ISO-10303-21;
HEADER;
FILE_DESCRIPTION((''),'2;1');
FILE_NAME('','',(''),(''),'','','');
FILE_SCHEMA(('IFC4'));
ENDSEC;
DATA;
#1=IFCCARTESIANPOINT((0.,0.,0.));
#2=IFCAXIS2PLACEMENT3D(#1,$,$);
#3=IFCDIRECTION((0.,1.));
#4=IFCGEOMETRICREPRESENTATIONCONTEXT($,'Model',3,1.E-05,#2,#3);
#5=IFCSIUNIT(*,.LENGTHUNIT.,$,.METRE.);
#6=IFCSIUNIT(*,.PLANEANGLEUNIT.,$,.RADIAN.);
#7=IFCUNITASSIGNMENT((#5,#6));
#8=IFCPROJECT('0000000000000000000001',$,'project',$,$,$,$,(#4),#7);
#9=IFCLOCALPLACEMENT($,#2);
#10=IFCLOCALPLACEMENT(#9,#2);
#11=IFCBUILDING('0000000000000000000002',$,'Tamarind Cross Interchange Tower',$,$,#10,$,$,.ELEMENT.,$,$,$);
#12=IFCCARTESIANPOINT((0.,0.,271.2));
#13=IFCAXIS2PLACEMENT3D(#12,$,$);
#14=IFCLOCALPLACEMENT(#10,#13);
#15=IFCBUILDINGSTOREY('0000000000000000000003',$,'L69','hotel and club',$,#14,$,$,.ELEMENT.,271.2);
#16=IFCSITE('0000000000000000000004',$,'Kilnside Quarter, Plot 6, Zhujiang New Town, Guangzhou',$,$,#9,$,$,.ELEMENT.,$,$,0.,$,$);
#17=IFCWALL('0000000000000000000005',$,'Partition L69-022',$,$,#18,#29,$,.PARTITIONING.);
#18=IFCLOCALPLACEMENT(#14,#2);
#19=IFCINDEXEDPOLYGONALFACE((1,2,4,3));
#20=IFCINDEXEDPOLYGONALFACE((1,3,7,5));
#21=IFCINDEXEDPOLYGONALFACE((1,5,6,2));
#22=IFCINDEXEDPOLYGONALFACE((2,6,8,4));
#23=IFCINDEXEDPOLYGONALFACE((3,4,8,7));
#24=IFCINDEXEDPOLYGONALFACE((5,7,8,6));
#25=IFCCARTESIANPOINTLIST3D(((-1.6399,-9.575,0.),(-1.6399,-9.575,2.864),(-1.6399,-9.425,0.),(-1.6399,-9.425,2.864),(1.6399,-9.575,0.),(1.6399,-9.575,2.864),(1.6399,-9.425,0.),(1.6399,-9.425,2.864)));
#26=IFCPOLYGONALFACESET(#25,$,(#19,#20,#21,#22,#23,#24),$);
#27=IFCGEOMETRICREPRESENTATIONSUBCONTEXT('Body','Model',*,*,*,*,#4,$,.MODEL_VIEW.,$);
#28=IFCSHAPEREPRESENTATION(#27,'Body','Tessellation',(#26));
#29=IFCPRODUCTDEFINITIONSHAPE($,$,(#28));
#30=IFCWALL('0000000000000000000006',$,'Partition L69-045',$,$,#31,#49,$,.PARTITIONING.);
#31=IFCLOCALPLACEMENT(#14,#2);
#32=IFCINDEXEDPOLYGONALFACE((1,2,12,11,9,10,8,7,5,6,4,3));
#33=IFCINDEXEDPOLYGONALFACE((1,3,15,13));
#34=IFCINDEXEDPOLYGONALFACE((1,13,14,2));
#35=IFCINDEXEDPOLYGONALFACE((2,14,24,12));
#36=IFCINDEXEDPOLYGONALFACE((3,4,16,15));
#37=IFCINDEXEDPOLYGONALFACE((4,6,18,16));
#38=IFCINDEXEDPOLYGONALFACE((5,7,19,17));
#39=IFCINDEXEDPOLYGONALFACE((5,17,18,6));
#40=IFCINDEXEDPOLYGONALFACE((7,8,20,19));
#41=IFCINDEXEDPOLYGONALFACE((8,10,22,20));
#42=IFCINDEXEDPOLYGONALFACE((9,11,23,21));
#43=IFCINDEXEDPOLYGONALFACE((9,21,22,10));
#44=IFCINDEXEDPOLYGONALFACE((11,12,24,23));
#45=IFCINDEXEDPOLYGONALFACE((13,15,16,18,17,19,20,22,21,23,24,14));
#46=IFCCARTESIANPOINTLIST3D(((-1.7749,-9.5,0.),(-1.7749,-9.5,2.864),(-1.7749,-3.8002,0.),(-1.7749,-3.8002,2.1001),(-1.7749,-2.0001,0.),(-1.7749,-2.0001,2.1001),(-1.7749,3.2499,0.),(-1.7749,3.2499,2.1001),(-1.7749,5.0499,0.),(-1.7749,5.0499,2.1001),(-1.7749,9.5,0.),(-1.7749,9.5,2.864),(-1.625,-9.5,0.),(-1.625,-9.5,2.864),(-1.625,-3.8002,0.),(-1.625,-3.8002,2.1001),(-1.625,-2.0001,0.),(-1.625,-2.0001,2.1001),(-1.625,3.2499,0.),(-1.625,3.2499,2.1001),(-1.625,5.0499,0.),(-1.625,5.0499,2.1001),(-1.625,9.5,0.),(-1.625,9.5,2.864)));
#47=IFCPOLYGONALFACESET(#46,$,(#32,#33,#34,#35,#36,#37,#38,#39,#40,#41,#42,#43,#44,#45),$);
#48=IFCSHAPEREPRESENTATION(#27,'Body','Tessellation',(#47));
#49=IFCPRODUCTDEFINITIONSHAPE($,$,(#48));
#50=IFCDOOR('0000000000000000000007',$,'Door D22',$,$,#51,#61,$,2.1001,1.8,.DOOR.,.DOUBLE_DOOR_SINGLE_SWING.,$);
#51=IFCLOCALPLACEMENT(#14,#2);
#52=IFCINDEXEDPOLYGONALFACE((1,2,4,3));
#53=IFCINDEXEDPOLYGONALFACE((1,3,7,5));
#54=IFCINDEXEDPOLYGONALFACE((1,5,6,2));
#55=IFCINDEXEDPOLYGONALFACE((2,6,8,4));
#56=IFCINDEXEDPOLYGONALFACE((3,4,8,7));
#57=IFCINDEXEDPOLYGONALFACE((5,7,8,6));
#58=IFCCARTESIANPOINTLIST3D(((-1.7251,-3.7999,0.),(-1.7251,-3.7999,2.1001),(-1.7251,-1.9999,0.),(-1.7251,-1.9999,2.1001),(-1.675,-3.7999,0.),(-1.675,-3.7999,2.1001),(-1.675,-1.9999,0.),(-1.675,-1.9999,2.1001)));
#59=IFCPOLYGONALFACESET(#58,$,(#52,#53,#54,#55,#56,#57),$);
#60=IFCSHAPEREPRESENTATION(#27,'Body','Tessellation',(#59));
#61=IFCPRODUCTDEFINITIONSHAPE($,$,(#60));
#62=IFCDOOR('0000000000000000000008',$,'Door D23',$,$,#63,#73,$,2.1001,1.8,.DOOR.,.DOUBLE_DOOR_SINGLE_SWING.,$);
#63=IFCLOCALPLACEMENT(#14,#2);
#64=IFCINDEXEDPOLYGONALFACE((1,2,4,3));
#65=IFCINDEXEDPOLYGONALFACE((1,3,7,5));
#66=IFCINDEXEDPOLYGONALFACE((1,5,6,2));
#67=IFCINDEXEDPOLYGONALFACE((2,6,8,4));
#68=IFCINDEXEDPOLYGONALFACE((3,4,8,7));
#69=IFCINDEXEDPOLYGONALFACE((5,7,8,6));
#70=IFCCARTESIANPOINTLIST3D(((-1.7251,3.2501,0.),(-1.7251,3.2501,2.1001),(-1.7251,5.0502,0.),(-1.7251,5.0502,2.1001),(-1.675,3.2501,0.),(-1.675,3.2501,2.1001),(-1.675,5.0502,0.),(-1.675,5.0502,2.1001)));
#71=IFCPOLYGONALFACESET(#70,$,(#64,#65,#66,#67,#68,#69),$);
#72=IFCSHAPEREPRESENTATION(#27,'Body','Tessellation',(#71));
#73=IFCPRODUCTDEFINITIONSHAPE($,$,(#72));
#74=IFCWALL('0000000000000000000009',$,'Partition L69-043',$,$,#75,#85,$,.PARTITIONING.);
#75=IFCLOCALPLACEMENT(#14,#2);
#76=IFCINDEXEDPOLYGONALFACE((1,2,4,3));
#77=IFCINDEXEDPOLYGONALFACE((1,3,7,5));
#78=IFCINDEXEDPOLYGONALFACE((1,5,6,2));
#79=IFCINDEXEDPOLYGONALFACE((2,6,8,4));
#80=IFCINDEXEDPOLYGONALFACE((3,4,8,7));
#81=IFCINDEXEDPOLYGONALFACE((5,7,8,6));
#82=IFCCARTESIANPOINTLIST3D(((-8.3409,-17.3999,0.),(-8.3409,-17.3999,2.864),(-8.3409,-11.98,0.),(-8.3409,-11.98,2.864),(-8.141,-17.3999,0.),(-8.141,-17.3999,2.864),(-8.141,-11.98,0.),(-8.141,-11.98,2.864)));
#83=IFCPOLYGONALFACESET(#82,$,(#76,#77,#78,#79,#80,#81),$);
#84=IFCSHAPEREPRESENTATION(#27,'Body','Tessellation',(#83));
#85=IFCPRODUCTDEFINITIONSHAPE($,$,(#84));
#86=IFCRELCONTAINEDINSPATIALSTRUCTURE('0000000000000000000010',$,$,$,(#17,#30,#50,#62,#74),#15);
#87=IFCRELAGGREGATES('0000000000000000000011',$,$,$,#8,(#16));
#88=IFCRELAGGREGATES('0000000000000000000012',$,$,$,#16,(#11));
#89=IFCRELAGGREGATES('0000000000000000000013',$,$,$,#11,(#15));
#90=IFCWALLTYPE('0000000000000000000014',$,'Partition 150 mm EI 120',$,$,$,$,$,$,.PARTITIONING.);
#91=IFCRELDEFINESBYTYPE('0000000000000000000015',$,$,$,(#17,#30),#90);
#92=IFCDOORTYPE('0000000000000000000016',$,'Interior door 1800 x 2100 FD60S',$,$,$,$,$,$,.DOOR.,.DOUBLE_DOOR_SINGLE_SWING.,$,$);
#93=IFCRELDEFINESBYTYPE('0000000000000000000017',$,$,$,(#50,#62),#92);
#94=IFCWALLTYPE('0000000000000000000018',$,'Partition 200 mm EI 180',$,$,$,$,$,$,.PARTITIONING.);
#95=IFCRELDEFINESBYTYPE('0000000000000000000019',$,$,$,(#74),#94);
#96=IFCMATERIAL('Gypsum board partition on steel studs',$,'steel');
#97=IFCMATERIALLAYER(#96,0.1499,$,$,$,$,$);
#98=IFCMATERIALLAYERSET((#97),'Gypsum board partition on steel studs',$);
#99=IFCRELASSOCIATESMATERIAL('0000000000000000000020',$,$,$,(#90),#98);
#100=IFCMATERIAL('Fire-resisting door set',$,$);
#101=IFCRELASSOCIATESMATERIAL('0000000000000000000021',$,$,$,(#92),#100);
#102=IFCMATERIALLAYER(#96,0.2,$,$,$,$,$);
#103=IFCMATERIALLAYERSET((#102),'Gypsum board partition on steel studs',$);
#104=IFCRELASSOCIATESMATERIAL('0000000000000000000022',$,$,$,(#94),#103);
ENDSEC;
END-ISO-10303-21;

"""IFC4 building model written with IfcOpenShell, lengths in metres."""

from ifc_helpers import new_model, si_unit, direction, frame, frame_2d, origin, place, context, subcontext, project, spatial, rectangle, extrude, material, layer, layer_set, type_object, element, fill, save


model = new_model("IFC4")

# Units and contexts
model_context = context("Model", 3, precision=1e-05, world=origin(), true_north=direction((0.0, 1.0)))
body_context = subcontext(model_context, "Body", "Model", "MODEL_VIEW")
ifc_project = project(units=[si_unit("LENGTHUNIT", "METRE"), si_unit("PLANEANGLEUNIT", "RADIAN")], contexts=[model_context])

# Site, building, storey
site_placement = place(None, origin())
site = spatial("IfcSite", under=ifc_project, at=site_placement, Name="Kilnside Quarter, Plot 6, Zhujiang New Town, Guangzhou", CompositionType="ELEMENT", RefElevation=0.0)
building_placement = place(site_placement, origin())
building = spatial("IfcBuilding", under=site, at=building_placement, Name="Tamarind Cross Interchange Tower", CompositionType="ELEMENT")
storey_placement = place(building_placement, frame((0.0, 0.0, 271.2)))
storey = spatial("IfcBuildingStorey", under=building, at=storey_placement, Name="L69", Description="hotel and club", CompositionType="ELEMENT", Elevation=271.2)

# Wall
ifc_material_1 = material(Name="Gypsum board partition on steel studs", Category="steel")
ifc_layer_1 = layer(ifc_material_1, 0.1499)
ifc_layer_set_1 = layer_set([ifc_layer_1], Name="Gypsum board partition on steel studs")
wall_type_1 = type_object("IfcWallType", Name="Partition 150 mm EI 120", PredefinedType="PARTITIONING", material=ifc_layer_set_1)
wall_1_placement = place(storey_placement, frame((-1.6399, -9.5, 0.0), z_axis=(0.0, 0.0, 1.0), x_axis=(1.0, 0.0, 0.0)))
element("IfcWall", 1, at=wall_1_placement, inside=storey, type_object=wall_type_1, Name="Partition L69-022", PredefinedType="PARTITIONING", context=body_context, shape_type="SweptSolid", body=[
    extrude(rectangle(XDim=3.2798, YDim=0.1499, at=frame_2d((1.6399, 0.0))), origin(), (0.0, 0.0, 1.0), 2.864),
])

# Wall, openings, doors
wall_2_placement = place(storey_placement, frame((-1.7, -9.5, 0.0), z_axis=(0.0, 0.0, 1.0), x_axis=(0.0, 1.0, 0.0)))
wall_2 = element("IfcWall", 2, at=wall_2_placement, inside=storey, type_object=wall_type_1, Name="Partition L69-045", PredefinedType="PARTITIONING", context=body_context, shape_type="SweptSolid", body=[
    extrude(rectangle(XDim=19.0, YDim=0.1499, at=frame_2d((9.5, 0.0))), origin(), (0.0, 0.0, 1.0), 2.864),
])
opening_1_placement = place(wall_2_placement, frame((5.7, 0.0, 0.0)))
opening_1 = element("IfcOpeningElement", 3, at=opening_1_placement, cuts=wall_2, PredefinedType="OPENING", context=body_context, shape_type="SweptSolid", body=[
    extrude(rectangle(XDim=1.8, YDim=2.1001, at=frame_2d((0.8999, 1.05))), frame((0.0, 0.085, 0.0), z_axis=(0.0, -1.0, 0.0), x_axis=(1.0, 0.0, 0.0)), (0.0, 0.0, 1.0), 0.1699),
])
opening_2_placement = place(wall_2_placement, frame((12.75, 0.0, 0.0)))
opening_2 = element("IfcOpeningElement", 4, at=opening_2_placement, cuts=wall_2, PredefinedType="OPENING", context=body_context, shape_type="SweptSolid", body=[
    extrude(rectangle(XDim=1.8, YDim=2.1001, at=frame_2d((0.8999, 1.05))), frame((0.0, 0.085, 0.0), z_axis=(0.0, -1.0, 0.0), x_axis=(1.0, 0.0, 0.0)), (0.0, 0.0, 1.0), 0.1699),
])
ifc_material_2 = material(Name="Fire-resisting door set")
door_type_1 = type_object("IfcDoorType", Name="Interior door 1800 x 2100 FD60S", OperationType="DOUBLE_DOOR_SINGLE_SWING", PredefinedType="DOOR", material=ifc_material_2)
door_1_placement = place(opening_1_placement, frame((1.8, 0.0, 0.0), z_axis=(0.0, 0.0, 1.0), x_axis=(-1.0, 0.0, 0.0)))
door_1 = element("IfcDoor", 5, at=door_1_placement, inside=storey, type_object=door_type_1, Name="Door D22", OperationType="DOUBLE_DOOR_SINGLE_SWING", OverallHeight=2.1001, OverallWidth=1.8, PredefinedType="DOOR", context=body_context, shape_type="SweptSolid", body=[
    extrude(rectangle(XDim=1.8, YDim=2.1001, at=frame_2d((0.8999, 1.05))), frame((0.0, 0.0249, 0.0), z_axis=(0.0, -1.0, 0.0), x_axis=(1.0, 0.0, 0.0)), (0.0, 0.0, 1.0), 0.05),
])
fill(opening_1, door_1)
door_2_placement = place(opening_2_placement, frame((1.8, 0.0, 0.0), z_axis=(0.0, 0.0, 1.0), x_axis=(-1.0, 0.0, 0.0)))
door_2 = element("IfcDoor", 6, at=door_2_placement, inside=storey, type_object=door_type_1, Name="Door D23", OperationType="DOUBLE_DOOR_SINGLE_SWING", OverallHeight=2.1001, OverallWidth=1.8, PredefinedType="DOOR", context=body_context, shape_type="SweptSolid", body=[
    extrude(rectangle(XDim=1.8, YDim=2.1001, at=frame_2d((0.8999, 1.05))), frame((0.0, 0.0249, 0.0), z_axis=(0.0, -1.0, 0.0), x_axis=(1.0, 0.0, 0.0)), (0.0, 0.0, 1.0), 0.05),
])
fill(opening_2, door_2)

# Wall
ifc_layer_2 = layer(ifc_material_1, 0.2)
ifc_layer_set_2 = layer_set([ifc_layer_2], Name="Gypsum board partition on steel studs")
wall_type_2 = type_object("IfcWallType", Name="Partition 200 mm EI 180", PredefinedType="PARTITIONING", material=ifc_layer_set_2)
wall_3_placement = place(storey_placement, frame((-8.241, -17.3999, 0.0), z_axis=(0.0, 0.0, 1.0), x_axis=(0.0, 1.0, 0.0)))
element("IfcWall", 7, at=wall_3_placement, inside=storey, type_object=wall_type_2, Name="Partition L69-043", PredefinedType="PARTITIONING", context=body_context, shape_type="SweptSolid", body=[
    extrude(rectangle(XDim=5.4199, YDim=0.2, at=frame_2d((2.71, 0.0))), origin(), (0.0, 0.0, 1.0), 2.864),
])

save(model, "model.ifc")
